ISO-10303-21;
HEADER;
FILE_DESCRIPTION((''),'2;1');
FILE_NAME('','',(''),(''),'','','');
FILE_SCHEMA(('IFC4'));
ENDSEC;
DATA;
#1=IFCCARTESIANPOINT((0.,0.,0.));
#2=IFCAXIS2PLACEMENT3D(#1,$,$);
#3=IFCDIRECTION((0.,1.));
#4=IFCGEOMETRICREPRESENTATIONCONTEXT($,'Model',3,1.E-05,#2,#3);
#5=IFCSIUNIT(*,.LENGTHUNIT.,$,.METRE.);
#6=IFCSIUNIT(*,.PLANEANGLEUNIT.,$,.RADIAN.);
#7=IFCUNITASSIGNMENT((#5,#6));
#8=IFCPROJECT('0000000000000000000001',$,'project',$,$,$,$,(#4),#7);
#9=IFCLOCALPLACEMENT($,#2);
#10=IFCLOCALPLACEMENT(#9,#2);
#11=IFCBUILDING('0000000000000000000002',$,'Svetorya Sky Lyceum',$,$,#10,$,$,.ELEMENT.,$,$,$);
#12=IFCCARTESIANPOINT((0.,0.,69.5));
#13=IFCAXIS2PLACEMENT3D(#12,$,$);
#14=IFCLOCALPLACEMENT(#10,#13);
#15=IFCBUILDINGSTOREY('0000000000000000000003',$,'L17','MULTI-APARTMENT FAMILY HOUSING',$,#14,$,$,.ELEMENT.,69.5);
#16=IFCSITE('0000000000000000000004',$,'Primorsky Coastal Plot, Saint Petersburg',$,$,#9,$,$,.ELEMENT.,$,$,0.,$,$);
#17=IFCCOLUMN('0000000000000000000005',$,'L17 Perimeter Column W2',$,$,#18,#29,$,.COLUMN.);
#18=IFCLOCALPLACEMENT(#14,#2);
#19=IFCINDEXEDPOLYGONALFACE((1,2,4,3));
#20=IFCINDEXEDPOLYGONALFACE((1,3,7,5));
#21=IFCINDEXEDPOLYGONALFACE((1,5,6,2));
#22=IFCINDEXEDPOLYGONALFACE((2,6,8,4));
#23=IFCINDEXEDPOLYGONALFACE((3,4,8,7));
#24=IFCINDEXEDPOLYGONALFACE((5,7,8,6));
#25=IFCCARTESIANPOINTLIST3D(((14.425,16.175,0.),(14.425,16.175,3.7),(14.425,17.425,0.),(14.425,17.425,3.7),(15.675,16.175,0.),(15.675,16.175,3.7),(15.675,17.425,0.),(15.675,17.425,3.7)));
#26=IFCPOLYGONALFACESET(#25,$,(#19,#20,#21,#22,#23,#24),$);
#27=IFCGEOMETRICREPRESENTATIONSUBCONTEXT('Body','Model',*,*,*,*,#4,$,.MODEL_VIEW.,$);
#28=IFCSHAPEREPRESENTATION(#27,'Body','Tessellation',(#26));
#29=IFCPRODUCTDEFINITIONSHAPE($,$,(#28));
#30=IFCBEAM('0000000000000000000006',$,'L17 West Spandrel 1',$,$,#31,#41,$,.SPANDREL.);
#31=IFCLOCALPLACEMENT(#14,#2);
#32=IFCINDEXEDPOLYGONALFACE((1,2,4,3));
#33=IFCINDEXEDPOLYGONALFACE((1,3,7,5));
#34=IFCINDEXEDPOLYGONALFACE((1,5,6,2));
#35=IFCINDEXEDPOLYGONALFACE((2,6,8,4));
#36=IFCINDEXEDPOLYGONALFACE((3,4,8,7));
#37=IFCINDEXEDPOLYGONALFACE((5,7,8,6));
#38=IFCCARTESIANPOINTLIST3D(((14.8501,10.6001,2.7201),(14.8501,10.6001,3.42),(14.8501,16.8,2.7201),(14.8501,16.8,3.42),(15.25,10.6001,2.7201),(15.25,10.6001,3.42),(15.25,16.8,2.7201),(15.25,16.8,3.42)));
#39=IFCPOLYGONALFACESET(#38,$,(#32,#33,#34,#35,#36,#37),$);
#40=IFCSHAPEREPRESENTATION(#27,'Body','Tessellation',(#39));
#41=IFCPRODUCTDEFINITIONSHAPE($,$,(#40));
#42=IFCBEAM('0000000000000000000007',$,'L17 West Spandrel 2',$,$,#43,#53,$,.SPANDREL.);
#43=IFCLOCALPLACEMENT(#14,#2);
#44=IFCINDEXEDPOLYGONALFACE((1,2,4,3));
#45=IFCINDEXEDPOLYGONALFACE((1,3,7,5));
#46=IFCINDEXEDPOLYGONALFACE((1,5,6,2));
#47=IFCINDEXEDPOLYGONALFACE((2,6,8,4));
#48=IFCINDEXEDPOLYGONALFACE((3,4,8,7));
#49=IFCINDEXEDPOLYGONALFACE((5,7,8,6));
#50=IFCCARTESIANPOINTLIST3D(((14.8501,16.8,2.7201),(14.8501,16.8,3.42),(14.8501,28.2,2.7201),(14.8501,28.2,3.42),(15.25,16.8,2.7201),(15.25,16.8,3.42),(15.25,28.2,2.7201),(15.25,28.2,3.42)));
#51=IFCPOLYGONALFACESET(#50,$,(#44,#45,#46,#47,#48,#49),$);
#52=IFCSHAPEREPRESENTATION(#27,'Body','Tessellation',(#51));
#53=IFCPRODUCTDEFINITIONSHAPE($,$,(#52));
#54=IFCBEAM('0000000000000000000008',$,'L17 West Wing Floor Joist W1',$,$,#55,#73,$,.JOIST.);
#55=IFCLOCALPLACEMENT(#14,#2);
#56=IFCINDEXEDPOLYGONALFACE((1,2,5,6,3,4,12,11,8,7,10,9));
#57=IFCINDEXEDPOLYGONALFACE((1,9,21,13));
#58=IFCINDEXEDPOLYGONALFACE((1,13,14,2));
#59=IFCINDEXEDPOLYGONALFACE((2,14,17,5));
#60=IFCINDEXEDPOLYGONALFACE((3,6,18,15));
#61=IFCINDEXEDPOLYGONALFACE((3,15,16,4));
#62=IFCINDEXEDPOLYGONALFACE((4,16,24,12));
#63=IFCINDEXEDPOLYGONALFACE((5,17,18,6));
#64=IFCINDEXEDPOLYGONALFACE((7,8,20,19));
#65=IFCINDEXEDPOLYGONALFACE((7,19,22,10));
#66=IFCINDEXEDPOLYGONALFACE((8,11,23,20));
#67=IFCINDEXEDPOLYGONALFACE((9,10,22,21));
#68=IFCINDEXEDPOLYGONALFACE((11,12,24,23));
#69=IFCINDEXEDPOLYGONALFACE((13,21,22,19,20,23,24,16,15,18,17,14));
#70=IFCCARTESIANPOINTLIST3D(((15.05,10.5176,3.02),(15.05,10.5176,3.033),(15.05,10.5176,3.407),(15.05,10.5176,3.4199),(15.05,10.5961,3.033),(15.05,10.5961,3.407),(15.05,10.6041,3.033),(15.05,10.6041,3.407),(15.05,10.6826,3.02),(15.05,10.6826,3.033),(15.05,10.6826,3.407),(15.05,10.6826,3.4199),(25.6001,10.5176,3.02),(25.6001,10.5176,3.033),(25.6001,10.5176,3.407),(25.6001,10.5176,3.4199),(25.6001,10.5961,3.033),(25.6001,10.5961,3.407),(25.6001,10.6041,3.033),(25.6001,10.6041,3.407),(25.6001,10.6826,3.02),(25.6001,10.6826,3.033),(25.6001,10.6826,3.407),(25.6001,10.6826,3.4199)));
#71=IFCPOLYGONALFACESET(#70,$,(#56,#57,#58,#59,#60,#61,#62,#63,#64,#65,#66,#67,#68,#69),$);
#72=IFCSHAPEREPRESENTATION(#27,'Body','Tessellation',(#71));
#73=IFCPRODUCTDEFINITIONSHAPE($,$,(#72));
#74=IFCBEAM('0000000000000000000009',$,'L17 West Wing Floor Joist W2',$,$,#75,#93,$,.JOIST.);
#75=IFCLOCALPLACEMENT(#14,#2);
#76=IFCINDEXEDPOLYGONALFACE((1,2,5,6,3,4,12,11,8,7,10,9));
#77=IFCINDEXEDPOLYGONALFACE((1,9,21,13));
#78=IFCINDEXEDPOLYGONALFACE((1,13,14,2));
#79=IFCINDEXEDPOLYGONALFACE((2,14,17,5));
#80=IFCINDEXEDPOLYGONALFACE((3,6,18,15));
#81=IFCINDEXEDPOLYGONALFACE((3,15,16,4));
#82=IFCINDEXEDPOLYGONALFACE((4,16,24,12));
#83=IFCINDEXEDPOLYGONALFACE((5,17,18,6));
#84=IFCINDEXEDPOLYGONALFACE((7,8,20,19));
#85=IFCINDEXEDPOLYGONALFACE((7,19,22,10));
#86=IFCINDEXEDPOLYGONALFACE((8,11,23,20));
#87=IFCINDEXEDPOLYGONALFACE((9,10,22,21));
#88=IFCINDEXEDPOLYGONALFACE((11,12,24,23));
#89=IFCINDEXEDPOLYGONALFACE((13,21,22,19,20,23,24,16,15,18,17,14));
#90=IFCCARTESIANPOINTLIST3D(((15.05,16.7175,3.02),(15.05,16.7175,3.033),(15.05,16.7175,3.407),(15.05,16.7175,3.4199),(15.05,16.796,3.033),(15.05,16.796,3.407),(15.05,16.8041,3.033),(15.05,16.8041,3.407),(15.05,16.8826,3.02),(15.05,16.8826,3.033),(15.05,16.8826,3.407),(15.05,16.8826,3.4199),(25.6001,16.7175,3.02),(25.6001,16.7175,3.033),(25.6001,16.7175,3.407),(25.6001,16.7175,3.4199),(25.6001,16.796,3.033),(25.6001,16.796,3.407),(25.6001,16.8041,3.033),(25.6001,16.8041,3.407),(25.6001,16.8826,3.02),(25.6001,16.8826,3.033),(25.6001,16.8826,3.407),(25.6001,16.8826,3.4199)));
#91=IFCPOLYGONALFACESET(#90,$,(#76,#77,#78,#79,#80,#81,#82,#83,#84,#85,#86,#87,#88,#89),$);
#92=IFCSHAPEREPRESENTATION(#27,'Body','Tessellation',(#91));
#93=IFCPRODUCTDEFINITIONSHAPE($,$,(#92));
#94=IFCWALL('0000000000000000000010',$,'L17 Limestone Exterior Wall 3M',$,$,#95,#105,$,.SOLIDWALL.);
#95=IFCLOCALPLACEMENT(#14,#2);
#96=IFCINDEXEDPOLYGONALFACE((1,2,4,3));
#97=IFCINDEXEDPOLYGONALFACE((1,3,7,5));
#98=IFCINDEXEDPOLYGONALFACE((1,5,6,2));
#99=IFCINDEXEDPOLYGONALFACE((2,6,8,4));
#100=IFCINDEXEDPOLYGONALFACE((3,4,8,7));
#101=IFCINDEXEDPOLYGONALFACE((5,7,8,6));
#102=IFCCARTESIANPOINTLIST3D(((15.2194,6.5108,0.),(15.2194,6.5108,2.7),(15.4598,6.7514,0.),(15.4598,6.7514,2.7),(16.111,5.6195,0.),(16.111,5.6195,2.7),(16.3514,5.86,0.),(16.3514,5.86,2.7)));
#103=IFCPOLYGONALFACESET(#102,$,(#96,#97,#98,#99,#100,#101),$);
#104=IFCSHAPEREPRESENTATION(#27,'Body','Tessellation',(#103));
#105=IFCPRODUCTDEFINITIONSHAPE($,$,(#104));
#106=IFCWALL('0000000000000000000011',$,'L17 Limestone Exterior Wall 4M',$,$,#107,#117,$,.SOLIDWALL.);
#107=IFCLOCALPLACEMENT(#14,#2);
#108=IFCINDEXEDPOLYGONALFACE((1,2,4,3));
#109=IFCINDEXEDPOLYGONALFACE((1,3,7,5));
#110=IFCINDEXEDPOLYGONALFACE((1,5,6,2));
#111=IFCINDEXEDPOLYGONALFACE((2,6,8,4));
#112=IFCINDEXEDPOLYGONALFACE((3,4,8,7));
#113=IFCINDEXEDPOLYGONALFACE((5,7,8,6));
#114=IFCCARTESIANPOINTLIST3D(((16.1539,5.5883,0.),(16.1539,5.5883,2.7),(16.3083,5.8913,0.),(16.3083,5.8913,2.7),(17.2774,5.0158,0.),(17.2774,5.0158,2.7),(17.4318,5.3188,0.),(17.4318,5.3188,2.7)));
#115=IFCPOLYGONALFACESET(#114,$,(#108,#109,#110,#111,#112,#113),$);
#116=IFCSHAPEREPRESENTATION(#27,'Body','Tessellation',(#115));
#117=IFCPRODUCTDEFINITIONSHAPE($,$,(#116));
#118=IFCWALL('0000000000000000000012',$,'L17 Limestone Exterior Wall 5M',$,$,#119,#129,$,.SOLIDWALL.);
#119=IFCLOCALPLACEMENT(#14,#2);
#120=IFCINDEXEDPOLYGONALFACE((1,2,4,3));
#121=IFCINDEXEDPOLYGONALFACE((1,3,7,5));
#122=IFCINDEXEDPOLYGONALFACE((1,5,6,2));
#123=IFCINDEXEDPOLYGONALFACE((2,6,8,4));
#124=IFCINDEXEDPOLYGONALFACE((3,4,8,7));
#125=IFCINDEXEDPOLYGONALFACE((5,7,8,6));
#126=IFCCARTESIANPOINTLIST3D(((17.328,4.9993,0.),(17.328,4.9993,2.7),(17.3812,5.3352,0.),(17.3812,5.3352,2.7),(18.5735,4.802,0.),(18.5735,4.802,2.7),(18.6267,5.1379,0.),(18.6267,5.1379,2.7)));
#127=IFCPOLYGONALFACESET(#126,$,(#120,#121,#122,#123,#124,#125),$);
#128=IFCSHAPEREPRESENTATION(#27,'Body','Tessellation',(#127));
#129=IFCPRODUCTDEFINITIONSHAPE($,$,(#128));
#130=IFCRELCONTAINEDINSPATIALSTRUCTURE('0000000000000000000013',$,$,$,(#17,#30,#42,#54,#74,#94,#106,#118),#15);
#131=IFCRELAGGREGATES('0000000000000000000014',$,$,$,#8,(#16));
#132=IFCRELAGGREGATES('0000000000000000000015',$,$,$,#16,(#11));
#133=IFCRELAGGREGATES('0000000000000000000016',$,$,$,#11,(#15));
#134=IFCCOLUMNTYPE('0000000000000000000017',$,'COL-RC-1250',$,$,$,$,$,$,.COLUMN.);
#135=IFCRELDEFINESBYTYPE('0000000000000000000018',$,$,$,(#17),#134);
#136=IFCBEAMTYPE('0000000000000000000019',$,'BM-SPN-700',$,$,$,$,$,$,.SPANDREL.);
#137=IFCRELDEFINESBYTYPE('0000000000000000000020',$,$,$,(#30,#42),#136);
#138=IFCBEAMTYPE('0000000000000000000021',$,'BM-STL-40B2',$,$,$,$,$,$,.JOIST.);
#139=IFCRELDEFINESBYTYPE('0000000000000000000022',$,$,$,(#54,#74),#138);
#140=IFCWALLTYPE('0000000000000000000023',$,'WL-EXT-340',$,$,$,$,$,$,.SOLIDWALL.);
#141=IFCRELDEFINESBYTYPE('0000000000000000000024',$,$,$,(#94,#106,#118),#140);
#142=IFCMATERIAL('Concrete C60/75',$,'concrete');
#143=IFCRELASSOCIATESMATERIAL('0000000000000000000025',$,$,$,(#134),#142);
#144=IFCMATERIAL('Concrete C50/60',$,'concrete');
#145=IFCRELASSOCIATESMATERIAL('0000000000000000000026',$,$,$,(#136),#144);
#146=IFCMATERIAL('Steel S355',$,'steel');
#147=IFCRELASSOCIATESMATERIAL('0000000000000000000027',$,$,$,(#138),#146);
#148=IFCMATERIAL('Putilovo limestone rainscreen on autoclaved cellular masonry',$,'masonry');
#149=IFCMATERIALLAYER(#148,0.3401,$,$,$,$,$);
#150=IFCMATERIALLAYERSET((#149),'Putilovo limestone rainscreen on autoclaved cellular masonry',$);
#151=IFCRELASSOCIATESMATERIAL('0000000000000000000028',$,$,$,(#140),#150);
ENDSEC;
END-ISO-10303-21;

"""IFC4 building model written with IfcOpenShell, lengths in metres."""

from ifc_helpers import new_model, si_unit, direction, frame, frame_2d, origin, origin_2d, place, context, subcontext, project, spatial, rectangle, i_section, extrude, material, layer, layer_set, material_profile, profile_set, type_object, element, save


model = new_model("IFC4")

# Units and contexts
model_context = context("Model", 3, precision=1e-05, world=origin(), true_north=direction((0.0, 1.0)))
body_context = subcontext(model_context, "Body", "Model", "MODEL_VIEW")
ifc_project = project(units=[si_unit("LENGTHUNIT", "METRE"), si_unit("PLANEANGLEUNIT", "RADIAN")], contexts=[model_context])

# Site, building, storey
site_placement = place(None, origin())
site = spatial("IfcSite", under=ifc_project, at=site_placement, Name="Primorsky Coastal Plot, Saint Petersburg", CompositionType="ELEMENT", RefElevation=0.0)
building_placement = place(site_placement, origin())
building = spatial("IfcBuilding", under=site, at=building_placement, Name="Svetorya Sky Lyceum", CompositionType="ELEMENT")
storey_placement = place(building_placement, frame((0.0, 0.0, 69.5)))
storey = spatial("IfcBuildingStorey", under=building, at=storey_placement, Name="L17", Description="MULTI-APARTMENT FAMILY HOUSING", CompositionType="ELEMENT", Elevation=69.5)

# Column
ifc_material_1 = material(Name="Concrete C60/75", Category="concrete")
ifc_material_profile_1 = material_profile(ifc_material_1, rectangle(XDim=1.25, YDim=1.25, at=origin_2d()), Name="RC COL 1250x1250")
ifc_profile_set_1 = profile_set([ifc_material_profile_1], Name="Concrete C60/75")
column_type = type_object("IfcColumnType", Name="COL-RC-1250", PredefinedType="COLUMN", material=ifc_profile_set_1)
column_placement = place(storey_placement, frame((15.05, 16.8, 0.0), z_axis=(0.0, 0.0, 1.0), x_axis=(1.0, 0.0, 0.0)))
element("IfcColumn", 1, at=column_placement, inside=storey, type_object=column_type, Name="L17 Perimeter Column W2", PredefinedType="COLUMN", context=body_context, shape_type="SweptSolid", body=[
    extrude(rectangle(XDim=1.25, YDim=1.25, at=origin_2d()), origin(), (0.0, 0.0, 1.0), 3.7),
])

# Beams
ifc_material_2 = material(Name="Concrete C50/60", Category="concrete")
ifc_material_profile_2 = material_profile(ifc_material_2, rectangle(XDim=0.3999, YDim=0.7, at=origin_2d()), Name="RC SPANDREL 400x700")
ifc_profile_set_2 = profile_set([ifc_material_profile_2], Name="Concrete C50/60")
beam_type_1 = type_object("IfcBeamType", Name="BM-SPN-700", PredefinedType="SPANDREL", material=ifc_profile_set_2)
beam_1_placement = place(storey_placement, frame((15.05, 10.6001, 3.0701), z_axis=(0.0, 1.0, 0.0), x_axis=(-1.0, 0.0, 0.0)))
element("IfcBeam", 2, at=beam_1_placement, inside=storey, type_object=beam_type_1, Name="L17 West Spandrel 1", PredefinedType="SPANDREL", context=body_context, shape_type="SweptSolid", body=[
    extrude(rectangle(XDim=0.3999, YDim=0.7, at=origin_2d()), origin(), (0.0, 0.0, 1.0), 6.2),
])
beam_2_placement = place(storey_placement, frame((15.05, 16.8, 3.0701), z_axis=(0.0, 1.0, 0.0), x_axis=(-1.0, 0.0, 0.0)))
element("IfcBeam", 3, at=beam_2_placement, inside=storey, type_object=beam_type_1, Name="L17 West Spandrel 2", PredefinedType="SPANDREL", context=body_context, shape_type="SweptSolid", body=[
    extrude(rectangle(XDim=0.3999, YDim=0.7, at=origin_2d()), origin(), (0.0, 0.0, 1.0), 11.3999),
])
ifc_material_3 = material(Name="Steel S355", Category="steel")
ifc_material_profile_3 = material_profile(ifc_material_3, i_section(OverallWidth=0.165, OverallDepth=0.3999, WebThickness=0.0081, FlangeThickness=0.0129, at=origin_2d()), Name="GOST 40B2")
ifc_profile_set_3 = profile_set([ifc_material_profile_3], Name="Steel S355")
beam_type_2 = type_object("IfcBeamType", Name="BM-STL-40B2", PredefinedType="JOIST", material=ifc_profile_set_3)
for number, where, z_axis, x_axis, name in (
    (4, (15.05, 10.6001, 3.22), (1.0, 0.0, 0.0), (0.0, 1.0, 0.0), "L17 West Wing Floor Joist W1"),
    (5, (15.05, 16.8, 3.22), (1.0, 0.0, 0.0), (0.0, 1.0, 0.0), "L17 West Wing Floor Joist W2"),
):
    element("IfcBeam", number, at=place(storey_placement, frame(where, z_axis=z_axis, x_axis=x_axis)), inside=storey, type_object=beam_type_2, Name=name, PredefinedType="JOIST", context=body_context, shape_type="SweptSolid", body=[
        extrude(i_section(OverallWidth=0.165, OverallDepth=0.3999, WebThickness=0.0081, FlangeThickness=0.0129, at=origin_2d()), origin(), (0.0, 0.0, 1.0), 10.55),
    ])

# Walls
ifc_material_4 = material(Name="Putilovo limestone rainscreen on autoclaved cellular masonry", Category="masonry")
ifc_layer_1 = layer(ifc_material_4, 0.3401)
ifc_layer_set_1 = layer_set([ifc_layer_1], Name="Putilovo limestone rainscreen on autoclaved cellular masonry")
wall_type_1 = type_object("IfcWallType", Name="WL-EXT-340", PredefinedType="SOLIDWALL", material=ifc_layer_set_1)
wall_1_placement = place(storey_placement, frame((15.3396, 6.6311, 0.0), z_axis=(0.0, 0.0, 1.0), x_axis=(0.707204, -0.70701, 0.0)))
element("IfcWall", 6, at=wall_1_placement, inside=storey, type_object=wall_type_1, Name="L17 Limestone Exterior Wall 3M", PredefinedType="SOLIDWALL", context=body_context, shape_type="SweptSolid", body=[
    extrude(rectangle(XDim=1.2607, YDim=0.3401, at=frame_2d((0.6304, 0.0))), origin(), (0.0, 0.0, 1.0), 2.7),
])
for number, where, z_axis, x_axis, name in (
    (7, (16.2312, 5.7397, 0.0), (0.0, 0.0, 1.0), (0.890994, -0.454016, 0.0), "L17 Limestone Exterior Wall 4M"),
    (8, (17.3547, 5.1672, 0.0), (0.0, 0.0, 1.0), (0.987686, -0.15645, 0.0), "L17 Limestone Exterior Wall 5M"),
):
    element("IfcWall", number, at=place(storey_placement, frame(where, z_axis=z_axis, x_axis=x_axis)), inside=storey, type_object=wall_type_1, Name=name, PredefinedType="SOLIDWALL", context=body_context, shape_type="SweptSolid", body=[
        extrude(rectangle(XDim=1.261, YDim=0.3401, at=frame_2d((0.6304, 0.0))), origin(), (0.0, 0.0, 1.0), 2.7),
    ])

save(model, "model.ifc")
